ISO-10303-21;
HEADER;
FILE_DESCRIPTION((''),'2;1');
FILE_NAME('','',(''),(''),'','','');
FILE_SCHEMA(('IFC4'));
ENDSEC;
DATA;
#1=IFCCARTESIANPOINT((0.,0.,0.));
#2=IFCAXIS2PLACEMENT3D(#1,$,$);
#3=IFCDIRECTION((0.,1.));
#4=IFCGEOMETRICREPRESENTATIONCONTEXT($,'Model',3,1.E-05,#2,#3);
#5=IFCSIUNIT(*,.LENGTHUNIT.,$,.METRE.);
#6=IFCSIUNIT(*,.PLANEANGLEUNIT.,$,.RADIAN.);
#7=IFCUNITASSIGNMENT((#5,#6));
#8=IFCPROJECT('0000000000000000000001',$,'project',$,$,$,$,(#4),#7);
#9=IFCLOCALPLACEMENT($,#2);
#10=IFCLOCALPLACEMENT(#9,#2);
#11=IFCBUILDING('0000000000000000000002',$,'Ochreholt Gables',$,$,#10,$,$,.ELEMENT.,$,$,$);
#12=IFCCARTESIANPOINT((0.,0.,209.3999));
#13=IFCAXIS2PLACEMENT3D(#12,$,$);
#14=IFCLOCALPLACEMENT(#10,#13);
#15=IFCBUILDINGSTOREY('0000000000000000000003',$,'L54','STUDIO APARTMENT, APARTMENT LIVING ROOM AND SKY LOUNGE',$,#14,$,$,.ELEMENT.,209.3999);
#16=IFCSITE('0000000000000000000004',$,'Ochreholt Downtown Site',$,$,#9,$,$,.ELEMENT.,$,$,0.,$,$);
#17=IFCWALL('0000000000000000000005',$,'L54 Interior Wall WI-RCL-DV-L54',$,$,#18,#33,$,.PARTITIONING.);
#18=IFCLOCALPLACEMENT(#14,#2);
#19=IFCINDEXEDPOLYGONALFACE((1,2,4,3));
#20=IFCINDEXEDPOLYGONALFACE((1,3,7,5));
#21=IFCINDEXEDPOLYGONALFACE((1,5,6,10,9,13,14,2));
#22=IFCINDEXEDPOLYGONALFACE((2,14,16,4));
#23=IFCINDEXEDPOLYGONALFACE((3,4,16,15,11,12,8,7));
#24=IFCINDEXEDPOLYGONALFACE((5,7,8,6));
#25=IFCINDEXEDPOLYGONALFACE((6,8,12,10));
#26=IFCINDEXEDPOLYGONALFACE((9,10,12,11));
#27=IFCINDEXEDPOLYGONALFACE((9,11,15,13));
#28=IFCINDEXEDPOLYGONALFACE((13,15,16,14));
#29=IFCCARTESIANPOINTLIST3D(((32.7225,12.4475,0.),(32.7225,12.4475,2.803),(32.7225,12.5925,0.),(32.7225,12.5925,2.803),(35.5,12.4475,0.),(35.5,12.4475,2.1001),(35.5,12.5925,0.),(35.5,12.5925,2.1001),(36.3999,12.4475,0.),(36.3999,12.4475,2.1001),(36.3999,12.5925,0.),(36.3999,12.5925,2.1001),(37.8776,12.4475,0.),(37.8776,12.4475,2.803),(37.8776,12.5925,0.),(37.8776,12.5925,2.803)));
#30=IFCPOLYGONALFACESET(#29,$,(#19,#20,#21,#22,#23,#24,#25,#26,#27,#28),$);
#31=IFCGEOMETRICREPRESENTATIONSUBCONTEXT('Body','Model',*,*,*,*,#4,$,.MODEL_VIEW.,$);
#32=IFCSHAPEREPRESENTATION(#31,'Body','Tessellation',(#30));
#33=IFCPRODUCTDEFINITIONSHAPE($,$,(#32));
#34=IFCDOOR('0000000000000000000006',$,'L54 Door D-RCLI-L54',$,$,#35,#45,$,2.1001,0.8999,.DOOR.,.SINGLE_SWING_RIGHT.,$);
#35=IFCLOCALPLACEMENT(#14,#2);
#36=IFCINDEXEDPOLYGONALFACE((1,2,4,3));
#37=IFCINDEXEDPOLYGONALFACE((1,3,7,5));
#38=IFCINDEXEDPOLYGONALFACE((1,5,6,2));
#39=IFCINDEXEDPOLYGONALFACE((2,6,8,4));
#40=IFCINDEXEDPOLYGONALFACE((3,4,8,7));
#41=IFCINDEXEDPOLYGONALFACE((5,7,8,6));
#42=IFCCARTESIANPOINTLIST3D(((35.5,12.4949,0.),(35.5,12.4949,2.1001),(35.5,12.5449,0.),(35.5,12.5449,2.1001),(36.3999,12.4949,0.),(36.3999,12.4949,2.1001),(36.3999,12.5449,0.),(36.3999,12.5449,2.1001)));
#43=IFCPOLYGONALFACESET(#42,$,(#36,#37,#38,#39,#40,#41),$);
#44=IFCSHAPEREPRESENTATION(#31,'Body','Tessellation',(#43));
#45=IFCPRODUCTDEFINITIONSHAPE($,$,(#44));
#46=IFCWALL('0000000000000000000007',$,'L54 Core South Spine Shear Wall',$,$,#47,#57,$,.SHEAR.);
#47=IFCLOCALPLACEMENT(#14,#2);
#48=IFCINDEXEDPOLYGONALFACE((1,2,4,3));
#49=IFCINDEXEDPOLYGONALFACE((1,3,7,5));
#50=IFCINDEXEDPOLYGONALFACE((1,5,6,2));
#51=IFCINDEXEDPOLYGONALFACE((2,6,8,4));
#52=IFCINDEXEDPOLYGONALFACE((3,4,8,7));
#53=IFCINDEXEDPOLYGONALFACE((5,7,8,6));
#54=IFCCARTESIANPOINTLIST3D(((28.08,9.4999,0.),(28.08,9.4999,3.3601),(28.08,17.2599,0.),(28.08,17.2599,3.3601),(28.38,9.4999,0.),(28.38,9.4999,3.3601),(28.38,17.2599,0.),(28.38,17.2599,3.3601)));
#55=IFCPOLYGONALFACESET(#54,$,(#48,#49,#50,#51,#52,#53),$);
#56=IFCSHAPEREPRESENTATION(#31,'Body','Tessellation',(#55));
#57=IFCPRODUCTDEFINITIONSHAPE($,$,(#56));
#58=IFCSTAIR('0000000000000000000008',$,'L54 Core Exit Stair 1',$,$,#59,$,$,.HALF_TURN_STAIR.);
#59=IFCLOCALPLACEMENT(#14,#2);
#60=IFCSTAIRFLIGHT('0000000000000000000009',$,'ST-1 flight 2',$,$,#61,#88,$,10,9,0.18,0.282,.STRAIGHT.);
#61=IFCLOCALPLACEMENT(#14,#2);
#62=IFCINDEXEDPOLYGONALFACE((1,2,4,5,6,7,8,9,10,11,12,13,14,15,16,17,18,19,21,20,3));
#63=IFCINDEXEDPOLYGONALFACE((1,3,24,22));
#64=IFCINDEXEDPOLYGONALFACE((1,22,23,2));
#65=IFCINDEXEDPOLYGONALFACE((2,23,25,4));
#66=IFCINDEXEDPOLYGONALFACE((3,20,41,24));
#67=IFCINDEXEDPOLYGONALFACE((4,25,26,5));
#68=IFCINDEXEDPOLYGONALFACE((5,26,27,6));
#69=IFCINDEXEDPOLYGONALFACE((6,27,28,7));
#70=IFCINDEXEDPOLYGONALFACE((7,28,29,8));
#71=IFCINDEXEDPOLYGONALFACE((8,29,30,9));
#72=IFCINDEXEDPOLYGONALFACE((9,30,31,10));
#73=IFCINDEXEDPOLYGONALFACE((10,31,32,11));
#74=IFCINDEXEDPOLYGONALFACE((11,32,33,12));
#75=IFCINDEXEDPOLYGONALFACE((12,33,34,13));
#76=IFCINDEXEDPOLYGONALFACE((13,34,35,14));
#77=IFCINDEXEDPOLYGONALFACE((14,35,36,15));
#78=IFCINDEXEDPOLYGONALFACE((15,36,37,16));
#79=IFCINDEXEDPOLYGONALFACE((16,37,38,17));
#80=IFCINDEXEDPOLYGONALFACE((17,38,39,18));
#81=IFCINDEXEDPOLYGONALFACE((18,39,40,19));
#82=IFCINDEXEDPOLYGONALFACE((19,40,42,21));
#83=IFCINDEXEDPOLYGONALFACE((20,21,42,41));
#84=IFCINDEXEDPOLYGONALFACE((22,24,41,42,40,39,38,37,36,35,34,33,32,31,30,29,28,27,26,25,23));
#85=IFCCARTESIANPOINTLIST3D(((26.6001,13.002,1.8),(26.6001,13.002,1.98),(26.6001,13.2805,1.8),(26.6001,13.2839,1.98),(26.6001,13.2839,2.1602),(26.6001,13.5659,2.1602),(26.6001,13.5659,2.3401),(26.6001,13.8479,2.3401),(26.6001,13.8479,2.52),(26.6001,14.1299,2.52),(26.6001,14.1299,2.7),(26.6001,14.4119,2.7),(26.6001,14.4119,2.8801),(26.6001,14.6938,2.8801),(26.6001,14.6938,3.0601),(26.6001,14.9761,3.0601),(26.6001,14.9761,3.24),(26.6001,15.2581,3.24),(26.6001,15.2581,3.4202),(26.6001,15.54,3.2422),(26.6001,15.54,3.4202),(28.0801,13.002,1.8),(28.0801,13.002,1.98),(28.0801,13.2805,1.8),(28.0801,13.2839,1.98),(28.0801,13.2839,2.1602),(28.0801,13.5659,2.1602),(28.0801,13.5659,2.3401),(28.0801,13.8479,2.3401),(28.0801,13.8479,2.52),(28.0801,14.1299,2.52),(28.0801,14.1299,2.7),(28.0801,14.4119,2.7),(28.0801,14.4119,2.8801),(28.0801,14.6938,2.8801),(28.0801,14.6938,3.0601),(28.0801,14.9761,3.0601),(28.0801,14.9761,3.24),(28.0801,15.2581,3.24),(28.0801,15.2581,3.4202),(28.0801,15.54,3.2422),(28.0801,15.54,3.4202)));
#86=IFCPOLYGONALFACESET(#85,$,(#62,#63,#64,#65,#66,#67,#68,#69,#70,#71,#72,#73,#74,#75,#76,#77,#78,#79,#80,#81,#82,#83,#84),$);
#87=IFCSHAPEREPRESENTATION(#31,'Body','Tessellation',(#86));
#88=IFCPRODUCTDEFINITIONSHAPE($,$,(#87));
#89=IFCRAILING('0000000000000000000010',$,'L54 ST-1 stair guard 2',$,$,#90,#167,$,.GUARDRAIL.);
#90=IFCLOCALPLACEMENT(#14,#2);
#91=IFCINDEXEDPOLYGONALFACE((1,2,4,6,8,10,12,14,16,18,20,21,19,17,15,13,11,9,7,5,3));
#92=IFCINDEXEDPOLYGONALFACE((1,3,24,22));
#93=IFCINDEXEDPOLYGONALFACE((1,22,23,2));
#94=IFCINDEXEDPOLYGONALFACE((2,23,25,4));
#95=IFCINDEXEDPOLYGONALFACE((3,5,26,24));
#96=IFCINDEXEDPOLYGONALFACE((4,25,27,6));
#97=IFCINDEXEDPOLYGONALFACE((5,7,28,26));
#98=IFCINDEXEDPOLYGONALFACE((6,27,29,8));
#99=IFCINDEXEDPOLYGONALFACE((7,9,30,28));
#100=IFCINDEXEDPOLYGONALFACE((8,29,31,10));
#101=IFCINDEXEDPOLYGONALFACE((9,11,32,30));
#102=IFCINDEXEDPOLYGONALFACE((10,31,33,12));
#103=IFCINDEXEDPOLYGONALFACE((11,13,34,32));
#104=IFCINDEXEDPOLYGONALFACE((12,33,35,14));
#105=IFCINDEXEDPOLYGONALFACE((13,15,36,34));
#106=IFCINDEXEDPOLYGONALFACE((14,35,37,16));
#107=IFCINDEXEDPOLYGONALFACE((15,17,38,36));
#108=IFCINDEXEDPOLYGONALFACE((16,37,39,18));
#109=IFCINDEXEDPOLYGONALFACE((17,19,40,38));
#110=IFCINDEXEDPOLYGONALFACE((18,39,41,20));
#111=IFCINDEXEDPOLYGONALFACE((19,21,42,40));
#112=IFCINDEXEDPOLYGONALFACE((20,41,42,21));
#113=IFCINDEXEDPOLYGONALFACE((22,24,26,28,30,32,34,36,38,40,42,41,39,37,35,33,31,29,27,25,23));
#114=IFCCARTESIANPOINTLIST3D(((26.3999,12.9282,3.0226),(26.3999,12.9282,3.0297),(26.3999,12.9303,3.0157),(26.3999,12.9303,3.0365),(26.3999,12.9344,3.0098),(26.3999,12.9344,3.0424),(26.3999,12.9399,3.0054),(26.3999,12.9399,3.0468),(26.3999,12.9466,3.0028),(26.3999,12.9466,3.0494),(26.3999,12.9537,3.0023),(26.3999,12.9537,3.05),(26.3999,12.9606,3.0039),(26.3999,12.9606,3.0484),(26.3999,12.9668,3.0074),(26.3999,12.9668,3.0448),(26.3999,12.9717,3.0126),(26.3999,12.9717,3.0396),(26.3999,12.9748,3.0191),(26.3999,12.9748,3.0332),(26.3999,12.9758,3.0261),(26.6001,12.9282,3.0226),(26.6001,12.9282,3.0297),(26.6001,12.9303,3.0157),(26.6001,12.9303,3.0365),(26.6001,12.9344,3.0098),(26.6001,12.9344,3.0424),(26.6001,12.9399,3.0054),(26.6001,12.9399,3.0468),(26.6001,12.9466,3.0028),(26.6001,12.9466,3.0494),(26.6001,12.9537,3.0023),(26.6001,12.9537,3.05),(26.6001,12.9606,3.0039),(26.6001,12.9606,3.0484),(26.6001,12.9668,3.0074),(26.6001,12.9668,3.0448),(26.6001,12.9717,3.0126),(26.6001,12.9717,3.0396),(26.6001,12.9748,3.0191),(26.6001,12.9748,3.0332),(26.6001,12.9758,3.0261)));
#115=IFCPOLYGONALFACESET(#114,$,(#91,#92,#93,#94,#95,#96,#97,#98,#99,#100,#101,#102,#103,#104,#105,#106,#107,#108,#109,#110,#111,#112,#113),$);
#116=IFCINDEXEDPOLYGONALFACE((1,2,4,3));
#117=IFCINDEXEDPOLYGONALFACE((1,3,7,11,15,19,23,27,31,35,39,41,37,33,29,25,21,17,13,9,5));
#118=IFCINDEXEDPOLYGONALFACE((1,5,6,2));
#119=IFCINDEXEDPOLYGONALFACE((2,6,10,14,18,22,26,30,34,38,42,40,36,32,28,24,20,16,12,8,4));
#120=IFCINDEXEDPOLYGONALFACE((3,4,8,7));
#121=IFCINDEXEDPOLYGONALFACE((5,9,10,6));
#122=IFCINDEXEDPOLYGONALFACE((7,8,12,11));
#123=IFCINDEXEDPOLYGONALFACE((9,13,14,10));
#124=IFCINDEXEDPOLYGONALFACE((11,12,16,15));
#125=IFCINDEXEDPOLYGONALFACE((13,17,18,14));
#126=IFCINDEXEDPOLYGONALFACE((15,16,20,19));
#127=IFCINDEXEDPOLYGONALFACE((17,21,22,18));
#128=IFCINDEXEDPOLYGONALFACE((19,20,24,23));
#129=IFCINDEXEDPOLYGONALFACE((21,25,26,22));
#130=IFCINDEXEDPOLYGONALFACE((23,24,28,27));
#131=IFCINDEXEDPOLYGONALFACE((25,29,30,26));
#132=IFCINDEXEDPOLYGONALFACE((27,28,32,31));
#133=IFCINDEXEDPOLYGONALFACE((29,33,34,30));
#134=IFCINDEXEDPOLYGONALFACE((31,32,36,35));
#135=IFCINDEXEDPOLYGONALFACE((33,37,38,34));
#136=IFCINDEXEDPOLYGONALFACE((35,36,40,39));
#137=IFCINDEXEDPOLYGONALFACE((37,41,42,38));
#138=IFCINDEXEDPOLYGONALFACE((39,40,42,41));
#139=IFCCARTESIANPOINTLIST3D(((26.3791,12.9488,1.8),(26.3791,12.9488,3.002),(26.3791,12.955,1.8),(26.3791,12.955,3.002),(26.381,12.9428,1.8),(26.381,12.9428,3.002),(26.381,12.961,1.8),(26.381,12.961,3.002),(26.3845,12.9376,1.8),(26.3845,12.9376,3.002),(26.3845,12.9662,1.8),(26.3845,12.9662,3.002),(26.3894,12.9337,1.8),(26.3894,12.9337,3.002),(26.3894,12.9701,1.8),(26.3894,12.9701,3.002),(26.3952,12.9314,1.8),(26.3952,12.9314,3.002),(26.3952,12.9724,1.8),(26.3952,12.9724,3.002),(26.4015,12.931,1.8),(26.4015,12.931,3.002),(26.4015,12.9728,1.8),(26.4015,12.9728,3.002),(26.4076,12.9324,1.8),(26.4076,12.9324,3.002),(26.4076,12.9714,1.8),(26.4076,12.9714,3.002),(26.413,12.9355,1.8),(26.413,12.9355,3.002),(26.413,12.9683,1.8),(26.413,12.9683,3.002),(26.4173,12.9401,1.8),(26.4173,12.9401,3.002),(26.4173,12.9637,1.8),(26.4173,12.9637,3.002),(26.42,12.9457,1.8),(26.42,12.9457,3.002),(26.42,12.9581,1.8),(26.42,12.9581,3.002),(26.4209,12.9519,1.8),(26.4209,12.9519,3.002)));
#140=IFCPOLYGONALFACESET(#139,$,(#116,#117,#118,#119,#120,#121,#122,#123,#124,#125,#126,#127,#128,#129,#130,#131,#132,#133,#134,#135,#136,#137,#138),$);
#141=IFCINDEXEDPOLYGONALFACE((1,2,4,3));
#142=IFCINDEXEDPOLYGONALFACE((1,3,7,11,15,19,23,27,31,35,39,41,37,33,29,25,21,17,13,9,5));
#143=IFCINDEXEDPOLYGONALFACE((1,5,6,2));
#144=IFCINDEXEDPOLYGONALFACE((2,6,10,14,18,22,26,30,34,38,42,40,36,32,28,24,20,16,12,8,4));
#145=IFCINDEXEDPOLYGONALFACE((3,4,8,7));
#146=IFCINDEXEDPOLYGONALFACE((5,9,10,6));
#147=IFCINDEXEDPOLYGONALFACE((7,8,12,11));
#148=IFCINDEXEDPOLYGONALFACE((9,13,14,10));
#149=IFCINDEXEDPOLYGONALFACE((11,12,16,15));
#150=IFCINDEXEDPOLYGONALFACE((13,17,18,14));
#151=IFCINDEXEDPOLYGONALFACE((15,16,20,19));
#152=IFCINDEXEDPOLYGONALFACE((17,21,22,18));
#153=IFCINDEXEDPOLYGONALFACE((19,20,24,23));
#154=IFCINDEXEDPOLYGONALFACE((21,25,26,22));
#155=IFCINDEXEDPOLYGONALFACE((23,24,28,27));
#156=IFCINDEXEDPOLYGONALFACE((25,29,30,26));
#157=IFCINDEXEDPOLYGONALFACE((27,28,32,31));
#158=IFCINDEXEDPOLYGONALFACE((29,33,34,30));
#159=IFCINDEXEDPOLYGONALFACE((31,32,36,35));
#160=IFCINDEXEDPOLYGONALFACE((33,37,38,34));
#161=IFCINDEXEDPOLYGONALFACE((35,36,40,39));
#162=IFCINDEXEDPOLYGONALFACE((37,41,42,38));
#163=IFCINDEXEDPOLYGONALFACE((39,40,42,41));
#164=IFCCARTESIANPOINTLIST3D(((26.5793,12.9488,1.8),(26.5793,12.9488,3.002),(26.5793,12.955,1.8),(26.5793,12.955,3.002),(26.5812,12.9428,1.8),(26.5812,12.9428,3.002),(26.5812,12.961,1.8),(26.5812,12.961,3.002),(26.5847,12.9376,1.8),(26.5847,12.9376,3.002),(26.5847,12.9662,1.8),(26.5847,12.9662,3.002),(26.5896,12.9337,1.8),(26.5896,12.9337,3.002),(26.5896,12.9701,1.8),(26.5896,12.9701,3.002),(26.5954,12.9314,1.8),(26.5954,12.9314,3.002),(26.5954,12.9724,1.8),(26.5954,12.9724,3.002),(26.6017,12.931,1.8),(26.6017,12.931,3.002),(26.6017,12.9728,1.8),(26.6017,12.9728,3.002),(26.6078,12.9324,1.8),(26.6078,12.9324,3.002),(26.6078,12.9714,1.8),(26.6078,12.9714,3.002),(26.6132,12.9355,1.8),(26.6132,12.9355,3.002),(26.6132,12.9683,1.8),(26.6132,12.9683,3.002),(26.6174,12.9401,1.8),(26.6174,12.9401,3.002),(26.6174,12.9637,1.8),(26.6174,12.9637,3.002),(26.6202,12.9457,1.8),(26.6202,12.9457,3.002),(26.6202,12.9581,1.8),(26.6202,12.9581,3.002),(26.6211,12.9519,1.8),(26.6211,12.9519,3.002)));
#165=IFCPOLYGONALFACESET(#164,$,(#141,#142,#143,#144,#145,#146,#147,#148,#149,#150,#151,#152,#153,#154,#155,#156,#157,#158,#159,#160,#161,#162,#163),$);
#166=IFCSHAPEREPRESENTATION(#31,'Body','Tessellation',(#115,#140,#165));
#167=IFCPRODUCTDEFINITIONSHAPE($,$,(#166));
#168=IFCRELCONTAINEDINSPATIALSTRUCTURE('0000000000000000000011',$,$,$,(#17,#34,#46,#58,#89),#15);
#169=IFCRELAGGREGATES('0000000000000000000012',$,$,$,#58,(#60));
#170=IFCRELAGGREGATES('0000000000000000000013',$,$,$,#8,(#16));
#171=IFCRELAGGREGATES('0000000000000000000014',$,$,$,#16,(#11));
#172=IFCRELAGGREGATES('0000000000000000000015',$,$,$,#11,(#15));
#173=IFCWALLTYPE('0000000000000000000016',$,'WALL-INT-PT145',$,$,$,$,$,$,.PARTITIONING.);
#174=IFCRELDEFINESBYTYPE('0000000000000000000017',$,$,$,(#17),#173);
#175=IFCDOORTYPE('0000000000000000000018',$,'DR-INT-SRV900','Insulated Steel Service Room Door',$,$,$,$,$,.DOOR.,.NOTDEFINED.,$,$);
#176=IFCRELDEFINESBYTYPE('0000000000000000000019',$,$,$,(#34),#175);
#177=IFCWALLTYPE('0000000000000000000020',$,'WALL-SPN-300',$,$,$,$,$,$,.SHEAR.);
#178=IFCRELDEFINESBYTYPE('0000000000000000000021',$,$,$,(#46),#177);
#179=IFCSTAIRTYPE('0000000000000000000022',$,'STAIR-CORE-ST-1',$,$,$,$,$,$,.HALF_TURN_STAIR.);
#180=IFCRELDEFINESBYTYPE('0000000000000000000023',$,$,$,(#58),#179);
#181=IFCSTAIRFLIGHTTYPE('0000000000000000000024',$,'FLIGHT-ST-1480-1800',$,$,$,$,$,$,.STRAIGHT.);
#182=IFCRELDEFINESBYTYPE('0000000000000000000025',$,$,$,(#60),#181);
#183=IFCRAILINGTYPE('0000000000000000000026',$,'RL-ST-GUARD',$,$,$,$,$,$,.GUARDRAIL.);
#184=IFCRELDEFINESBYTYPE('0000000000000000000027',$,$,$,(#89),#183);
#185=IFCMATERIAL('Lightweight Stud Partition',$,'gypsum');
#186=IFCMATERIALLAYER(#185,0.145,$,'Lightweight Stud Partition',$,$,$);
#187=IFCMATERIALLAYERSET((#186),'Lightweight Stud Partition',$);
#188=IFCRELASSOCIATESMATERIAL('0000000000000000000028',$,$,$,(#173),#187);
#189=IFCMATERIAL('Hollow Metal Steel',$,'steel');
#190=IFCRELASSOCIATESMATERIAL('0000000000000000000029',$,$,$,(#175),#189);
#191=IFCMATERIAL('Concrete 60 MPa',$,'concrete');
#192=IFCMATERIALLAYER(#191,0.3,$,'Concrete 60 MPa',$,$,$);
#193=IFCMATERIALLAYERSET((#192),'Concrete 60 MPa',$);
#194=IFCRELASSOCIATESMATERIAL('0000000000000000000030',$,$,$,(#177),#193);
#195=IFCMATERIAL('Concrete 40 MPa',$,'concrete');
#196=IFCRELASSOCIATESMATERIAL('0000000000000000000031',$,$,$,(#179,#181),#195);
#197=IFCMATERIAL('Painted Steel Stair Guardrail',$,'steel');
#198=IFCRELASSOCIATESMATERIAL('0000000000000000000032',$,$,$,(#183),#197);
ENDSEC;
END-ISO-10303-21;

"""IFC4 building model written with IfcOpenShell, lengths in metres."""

from ifc_helpers import new_model, si_unit, direction, frame, frame_2d, origin, origin_2d, place, context, subcontext, project, spatial, polyline, rectangle, circle, outline, extrude, material, layer, layer_set, type_object, element, fill, aggregate, save


model = new_model("IFC4")

# Units and contexts
model_context = context("Model", 3, precision=1e-05, world=origin(), true_north=direction((0.0, 1.0)))
body_context = subcontext(model_context, "Body", "Model", "MODEL_VIEW")
ifc_project = project(units=[si_unit("LENGTHUNIT", "METRE"), si_unit("PLANEANGLEUNIT", "RADIAN")], contexts=[model_context])

# Site, building, storey
site_placement = place(None, origin())
site = spatial("IfcSite", under=ifc_project, at=site_placement, Name="Ochreholt Downtown Site", CompositionType="ELEMENT", RefElevation=0.0)
building_placement = place(site_placement, origin())
building = spatial("IfcBuilding", under=site, at=building_placement, Name="Ochreholt Gables", CompositionType="ELEMENT")
storey_placement = place(building_placement, frame((0.0, 0.0, 209.3999)))
storey = spatial("IfcBuildingStorey", under=building, at=storey_placement, Name="L54", Description="STUDIO APARTMENT, APARTMENT LIVING ROOM AND SKY LOUNGE", CompositionType="ELEMENT", Elevation=209.3999)

# Shared definitions
ifc_material_1 = material(Name="Lightweight Stud Partition", Category="gypsum")
ifc_layer_1 = layer(ifc_material_1, 0.145, Name="Lightweight Stud Partition")
ifc_layer_set_1 = layer_set([ifc_layer_1], Name="Lightweight Stud Partition")
wall_type_1 = type_object("IfcWallType", Name="WALL-INT-PT145", PredefinedType="PARTITIONING", material=ifc_layer_set_1)

# Wall, opening, door
wall_1_placement = place(storey_placement, frame((32.7224, 12.52, 0.0), z_axis=(0.0, 0.0, 1.0), x_axis=(1.0, 0.0, 0.0)))
wall_1 = element("IfcWall", 1, at=wall_1_placement, inside=storey, type_object=wall_type_1, Name="L54 Interior Wall WI-RCL-DV-L54", PredefinedType="PARTITIONING", context=body_context, shape_type="SweptSolid", body=[
    extrude(rectangle(XDim=5.155, YDim=0.145, at=frame_2d((2.5776, 0.0))), origin(), (0.0, 0.0, 1.0), 2.803),
])
opening_1_placement = place(wall_1_placement, frame((2.7776, 0.0, 0.0)))
opening_1 = element("IfcOpeningElement", 2, at=opening_1_placement, cuts=wall_1, PredefinedType="OPENING", context=body_context, shape_type="SweptSolid", body=[
    extrude(rectangle(XDim=0.8999, YDim=2.1001, at=frame_2d((0.45, 1.05))), frame((0.0, 0.0825, 0.0), z_axis=(0.0, -1.0, 0.0), x_axis=(1.0, 0.0, 0.0)), (0.0, 0.0, 1.0), 0.165),
])
ifc_material_2 = material(Name="Hollow Metal Steel", Category="steel")
door_type = type_object("IfcDoorType", Name="DR-INT-SRV900", Description="Insulated Steel Service Room Door", OperationType="NOTDEFINED", PredefinedType="DOOR", material=ifc_material_2)
door_placement = place(opening_1_placement, origin())
door = element("IfcDoor", 3, at=door_placement, inside=storey, type_object=door_type, Name="L54 Door D-RCLI-L54", OperationType="SINGLE_SWING_RIGHT", OverallHeight=2.1001, OverallWidth=0.8999, PredefinedType="DOOR", context=body_context, shape_type="SweptSolid", body=[
    extrude(rectangle(XDim=0.8999, YDim=2.1001, at=frame_2d((0.45, 1.05))), frame((0.0, 0.0249, 0.0), z_axis=(0.0, -1.0, 0.0), x_axis=(1.0, 0.0, 0.0)), (0.0, 0.0, 1.0), 0.05),
])
fill(opening_1, door)

# Wall
ifc_material_3 = material(Name="Concrete 60 MPa", Category="concrete")
ifc_layer_2 = layer(ifc_material_3, 0.3, Name="Concrete 60 MPa")
ifc_layer_set_2 = layer_set([ifc_layer_2], Name="Concrete 60 MPa")
wall_type_2 = type_object("IfcWallType", Name="WALL-SPN-300", PredefinedType="SHEAR", material=ifc_layer_set_2)
wall_2_placement = place(storey_placement, frame((28.23, 9.5, 0.0), z_axis=(0.0, 0.0, 1.0), x_axis=(0.0, 1.0, 0.0)))
element("IfcWall", 4, at=wall_2_placement, inside=storey, type_object=wall_type_2, Name="L54 Core South Spine Shear Wall", PredefinedType="SHEAR", context=body_context, shape_type="SweptSolid", body=[
    extrude(rectangle(XDim=7.76, YDim=0.3, at=frame_2d((3.8799, 0.0))), origin(), (0.0, 0.0, 1.0), 3.3601),
])

# Stair, stair flight
ifc_material_4 = material(Name="Concrete 40 MPa", Category="concrete")
stair_type = type_object("IfcStairType", Name="STAIR-CORE-ST-1", PredefinedType="HALF_TURN_STAIR", material=ifc_material_4)
stair_placement = place(storey_placement, origin())
stair = element("IfcStair", 5, at=stair_placement, inside=storey, type_object=stair_type, Name="L54 Core Exit Stair 1", PredefinedType="HALF_TURN_STAIR")
stair_flight_type = type_object("IfcStairFlightType", Name="FLIGHT-ST-1480-1800", PredefinedType="STRAIGHT", material=ifc_material_4)
stair_flight_placement = place(storey_placement, frame((27.3401, 13.002, 1.8), z_axis=(0.0, 0.0, 1.0), x_axis=(0.0, 1.0, 0.0)))
stair_flight = element("IfcStairFlight", 6, at=stair_flight_placement, type_object=stair_flight_type, Name="ST-1 flight 2", NumberOfRisers=10, NumberOfTreads=9, PredefinedType="STRAIGHT", RiserHeight=0.18, TreadLength=0.282, context=body_context, shape_type="SweptSolid", body=[
    extrude(outline(polyline([(0.0, 0.0), (0.0, 0.1799), (0.282, 0.1799), (0.282, 0.3601), (0.564, 0.3601), (0.564, 0.54), (0.8459, 0.54), (0.8459, 0.72), (1.1279, 0.72), (1.1279, 0.8999), (1.4099, 0.8999), (1.4099, 1.0801), (1.6919, 1.0801), (1.6919, 1.26), (1.9741, 1.26), (1.9741, 1.4399), (2.2561, 1.4399), (2.2561, 1.6201), (2.5381, 1.6201), (2.5381, 1.8), (2.5381, 1.4421), (0.2786, 0.0), (0.0, 0.0)])), frame((0.0, 0.74, 0.0), z_axis=(0.0, -1.0, 0.0), x_axis=(1.0, 0.0, 0.0)), (0.0, 0.0, 1.0), 1.48),
])
aggregate(stair, [stair_flight])

# Railing
ifc_material_5 = material(Name="Painted Steel Stair Guardrail", Category="steel")
railing_type = type_object("IfcRailingType", Name="RL-ST-GUARD", PredefinedType="GUARDRAIL", material=ifc_material_5)
railing_1_placement = place(storey_placement, frame((26.3999, 12.9519, 1.8)))
element("IfcRailing", 7, at=railing_1_placement, inside=storey, type_object=railing_type, Name="L54 ST-1 stair guard 2", PredefinedType="GUARDRAIL", context=body_context, shape_type="SweptSolid", body=[
    extrude(circle(Radius=0.0239, at=origin_2d()), frame((0.0, 0.0, 1.2261), z_axis=(1.0, 0.0, 0.0), x_axis=(0.0, 1.0, 0.0)), (0.0, 0.0, 1.0), 0.2002),
    extrude(circle(Radius=0.021, at=origin_2d()), origin(), (0.0, 0.0, 1.0), 1.2019),
    extrude(circle(Radius=0.021, at=origin_2d()), frame((0.2002, 0.0, 0.0)), (0.0, 0.0, 1.0), 1.2019),
])

save(model, "model.ifc")
